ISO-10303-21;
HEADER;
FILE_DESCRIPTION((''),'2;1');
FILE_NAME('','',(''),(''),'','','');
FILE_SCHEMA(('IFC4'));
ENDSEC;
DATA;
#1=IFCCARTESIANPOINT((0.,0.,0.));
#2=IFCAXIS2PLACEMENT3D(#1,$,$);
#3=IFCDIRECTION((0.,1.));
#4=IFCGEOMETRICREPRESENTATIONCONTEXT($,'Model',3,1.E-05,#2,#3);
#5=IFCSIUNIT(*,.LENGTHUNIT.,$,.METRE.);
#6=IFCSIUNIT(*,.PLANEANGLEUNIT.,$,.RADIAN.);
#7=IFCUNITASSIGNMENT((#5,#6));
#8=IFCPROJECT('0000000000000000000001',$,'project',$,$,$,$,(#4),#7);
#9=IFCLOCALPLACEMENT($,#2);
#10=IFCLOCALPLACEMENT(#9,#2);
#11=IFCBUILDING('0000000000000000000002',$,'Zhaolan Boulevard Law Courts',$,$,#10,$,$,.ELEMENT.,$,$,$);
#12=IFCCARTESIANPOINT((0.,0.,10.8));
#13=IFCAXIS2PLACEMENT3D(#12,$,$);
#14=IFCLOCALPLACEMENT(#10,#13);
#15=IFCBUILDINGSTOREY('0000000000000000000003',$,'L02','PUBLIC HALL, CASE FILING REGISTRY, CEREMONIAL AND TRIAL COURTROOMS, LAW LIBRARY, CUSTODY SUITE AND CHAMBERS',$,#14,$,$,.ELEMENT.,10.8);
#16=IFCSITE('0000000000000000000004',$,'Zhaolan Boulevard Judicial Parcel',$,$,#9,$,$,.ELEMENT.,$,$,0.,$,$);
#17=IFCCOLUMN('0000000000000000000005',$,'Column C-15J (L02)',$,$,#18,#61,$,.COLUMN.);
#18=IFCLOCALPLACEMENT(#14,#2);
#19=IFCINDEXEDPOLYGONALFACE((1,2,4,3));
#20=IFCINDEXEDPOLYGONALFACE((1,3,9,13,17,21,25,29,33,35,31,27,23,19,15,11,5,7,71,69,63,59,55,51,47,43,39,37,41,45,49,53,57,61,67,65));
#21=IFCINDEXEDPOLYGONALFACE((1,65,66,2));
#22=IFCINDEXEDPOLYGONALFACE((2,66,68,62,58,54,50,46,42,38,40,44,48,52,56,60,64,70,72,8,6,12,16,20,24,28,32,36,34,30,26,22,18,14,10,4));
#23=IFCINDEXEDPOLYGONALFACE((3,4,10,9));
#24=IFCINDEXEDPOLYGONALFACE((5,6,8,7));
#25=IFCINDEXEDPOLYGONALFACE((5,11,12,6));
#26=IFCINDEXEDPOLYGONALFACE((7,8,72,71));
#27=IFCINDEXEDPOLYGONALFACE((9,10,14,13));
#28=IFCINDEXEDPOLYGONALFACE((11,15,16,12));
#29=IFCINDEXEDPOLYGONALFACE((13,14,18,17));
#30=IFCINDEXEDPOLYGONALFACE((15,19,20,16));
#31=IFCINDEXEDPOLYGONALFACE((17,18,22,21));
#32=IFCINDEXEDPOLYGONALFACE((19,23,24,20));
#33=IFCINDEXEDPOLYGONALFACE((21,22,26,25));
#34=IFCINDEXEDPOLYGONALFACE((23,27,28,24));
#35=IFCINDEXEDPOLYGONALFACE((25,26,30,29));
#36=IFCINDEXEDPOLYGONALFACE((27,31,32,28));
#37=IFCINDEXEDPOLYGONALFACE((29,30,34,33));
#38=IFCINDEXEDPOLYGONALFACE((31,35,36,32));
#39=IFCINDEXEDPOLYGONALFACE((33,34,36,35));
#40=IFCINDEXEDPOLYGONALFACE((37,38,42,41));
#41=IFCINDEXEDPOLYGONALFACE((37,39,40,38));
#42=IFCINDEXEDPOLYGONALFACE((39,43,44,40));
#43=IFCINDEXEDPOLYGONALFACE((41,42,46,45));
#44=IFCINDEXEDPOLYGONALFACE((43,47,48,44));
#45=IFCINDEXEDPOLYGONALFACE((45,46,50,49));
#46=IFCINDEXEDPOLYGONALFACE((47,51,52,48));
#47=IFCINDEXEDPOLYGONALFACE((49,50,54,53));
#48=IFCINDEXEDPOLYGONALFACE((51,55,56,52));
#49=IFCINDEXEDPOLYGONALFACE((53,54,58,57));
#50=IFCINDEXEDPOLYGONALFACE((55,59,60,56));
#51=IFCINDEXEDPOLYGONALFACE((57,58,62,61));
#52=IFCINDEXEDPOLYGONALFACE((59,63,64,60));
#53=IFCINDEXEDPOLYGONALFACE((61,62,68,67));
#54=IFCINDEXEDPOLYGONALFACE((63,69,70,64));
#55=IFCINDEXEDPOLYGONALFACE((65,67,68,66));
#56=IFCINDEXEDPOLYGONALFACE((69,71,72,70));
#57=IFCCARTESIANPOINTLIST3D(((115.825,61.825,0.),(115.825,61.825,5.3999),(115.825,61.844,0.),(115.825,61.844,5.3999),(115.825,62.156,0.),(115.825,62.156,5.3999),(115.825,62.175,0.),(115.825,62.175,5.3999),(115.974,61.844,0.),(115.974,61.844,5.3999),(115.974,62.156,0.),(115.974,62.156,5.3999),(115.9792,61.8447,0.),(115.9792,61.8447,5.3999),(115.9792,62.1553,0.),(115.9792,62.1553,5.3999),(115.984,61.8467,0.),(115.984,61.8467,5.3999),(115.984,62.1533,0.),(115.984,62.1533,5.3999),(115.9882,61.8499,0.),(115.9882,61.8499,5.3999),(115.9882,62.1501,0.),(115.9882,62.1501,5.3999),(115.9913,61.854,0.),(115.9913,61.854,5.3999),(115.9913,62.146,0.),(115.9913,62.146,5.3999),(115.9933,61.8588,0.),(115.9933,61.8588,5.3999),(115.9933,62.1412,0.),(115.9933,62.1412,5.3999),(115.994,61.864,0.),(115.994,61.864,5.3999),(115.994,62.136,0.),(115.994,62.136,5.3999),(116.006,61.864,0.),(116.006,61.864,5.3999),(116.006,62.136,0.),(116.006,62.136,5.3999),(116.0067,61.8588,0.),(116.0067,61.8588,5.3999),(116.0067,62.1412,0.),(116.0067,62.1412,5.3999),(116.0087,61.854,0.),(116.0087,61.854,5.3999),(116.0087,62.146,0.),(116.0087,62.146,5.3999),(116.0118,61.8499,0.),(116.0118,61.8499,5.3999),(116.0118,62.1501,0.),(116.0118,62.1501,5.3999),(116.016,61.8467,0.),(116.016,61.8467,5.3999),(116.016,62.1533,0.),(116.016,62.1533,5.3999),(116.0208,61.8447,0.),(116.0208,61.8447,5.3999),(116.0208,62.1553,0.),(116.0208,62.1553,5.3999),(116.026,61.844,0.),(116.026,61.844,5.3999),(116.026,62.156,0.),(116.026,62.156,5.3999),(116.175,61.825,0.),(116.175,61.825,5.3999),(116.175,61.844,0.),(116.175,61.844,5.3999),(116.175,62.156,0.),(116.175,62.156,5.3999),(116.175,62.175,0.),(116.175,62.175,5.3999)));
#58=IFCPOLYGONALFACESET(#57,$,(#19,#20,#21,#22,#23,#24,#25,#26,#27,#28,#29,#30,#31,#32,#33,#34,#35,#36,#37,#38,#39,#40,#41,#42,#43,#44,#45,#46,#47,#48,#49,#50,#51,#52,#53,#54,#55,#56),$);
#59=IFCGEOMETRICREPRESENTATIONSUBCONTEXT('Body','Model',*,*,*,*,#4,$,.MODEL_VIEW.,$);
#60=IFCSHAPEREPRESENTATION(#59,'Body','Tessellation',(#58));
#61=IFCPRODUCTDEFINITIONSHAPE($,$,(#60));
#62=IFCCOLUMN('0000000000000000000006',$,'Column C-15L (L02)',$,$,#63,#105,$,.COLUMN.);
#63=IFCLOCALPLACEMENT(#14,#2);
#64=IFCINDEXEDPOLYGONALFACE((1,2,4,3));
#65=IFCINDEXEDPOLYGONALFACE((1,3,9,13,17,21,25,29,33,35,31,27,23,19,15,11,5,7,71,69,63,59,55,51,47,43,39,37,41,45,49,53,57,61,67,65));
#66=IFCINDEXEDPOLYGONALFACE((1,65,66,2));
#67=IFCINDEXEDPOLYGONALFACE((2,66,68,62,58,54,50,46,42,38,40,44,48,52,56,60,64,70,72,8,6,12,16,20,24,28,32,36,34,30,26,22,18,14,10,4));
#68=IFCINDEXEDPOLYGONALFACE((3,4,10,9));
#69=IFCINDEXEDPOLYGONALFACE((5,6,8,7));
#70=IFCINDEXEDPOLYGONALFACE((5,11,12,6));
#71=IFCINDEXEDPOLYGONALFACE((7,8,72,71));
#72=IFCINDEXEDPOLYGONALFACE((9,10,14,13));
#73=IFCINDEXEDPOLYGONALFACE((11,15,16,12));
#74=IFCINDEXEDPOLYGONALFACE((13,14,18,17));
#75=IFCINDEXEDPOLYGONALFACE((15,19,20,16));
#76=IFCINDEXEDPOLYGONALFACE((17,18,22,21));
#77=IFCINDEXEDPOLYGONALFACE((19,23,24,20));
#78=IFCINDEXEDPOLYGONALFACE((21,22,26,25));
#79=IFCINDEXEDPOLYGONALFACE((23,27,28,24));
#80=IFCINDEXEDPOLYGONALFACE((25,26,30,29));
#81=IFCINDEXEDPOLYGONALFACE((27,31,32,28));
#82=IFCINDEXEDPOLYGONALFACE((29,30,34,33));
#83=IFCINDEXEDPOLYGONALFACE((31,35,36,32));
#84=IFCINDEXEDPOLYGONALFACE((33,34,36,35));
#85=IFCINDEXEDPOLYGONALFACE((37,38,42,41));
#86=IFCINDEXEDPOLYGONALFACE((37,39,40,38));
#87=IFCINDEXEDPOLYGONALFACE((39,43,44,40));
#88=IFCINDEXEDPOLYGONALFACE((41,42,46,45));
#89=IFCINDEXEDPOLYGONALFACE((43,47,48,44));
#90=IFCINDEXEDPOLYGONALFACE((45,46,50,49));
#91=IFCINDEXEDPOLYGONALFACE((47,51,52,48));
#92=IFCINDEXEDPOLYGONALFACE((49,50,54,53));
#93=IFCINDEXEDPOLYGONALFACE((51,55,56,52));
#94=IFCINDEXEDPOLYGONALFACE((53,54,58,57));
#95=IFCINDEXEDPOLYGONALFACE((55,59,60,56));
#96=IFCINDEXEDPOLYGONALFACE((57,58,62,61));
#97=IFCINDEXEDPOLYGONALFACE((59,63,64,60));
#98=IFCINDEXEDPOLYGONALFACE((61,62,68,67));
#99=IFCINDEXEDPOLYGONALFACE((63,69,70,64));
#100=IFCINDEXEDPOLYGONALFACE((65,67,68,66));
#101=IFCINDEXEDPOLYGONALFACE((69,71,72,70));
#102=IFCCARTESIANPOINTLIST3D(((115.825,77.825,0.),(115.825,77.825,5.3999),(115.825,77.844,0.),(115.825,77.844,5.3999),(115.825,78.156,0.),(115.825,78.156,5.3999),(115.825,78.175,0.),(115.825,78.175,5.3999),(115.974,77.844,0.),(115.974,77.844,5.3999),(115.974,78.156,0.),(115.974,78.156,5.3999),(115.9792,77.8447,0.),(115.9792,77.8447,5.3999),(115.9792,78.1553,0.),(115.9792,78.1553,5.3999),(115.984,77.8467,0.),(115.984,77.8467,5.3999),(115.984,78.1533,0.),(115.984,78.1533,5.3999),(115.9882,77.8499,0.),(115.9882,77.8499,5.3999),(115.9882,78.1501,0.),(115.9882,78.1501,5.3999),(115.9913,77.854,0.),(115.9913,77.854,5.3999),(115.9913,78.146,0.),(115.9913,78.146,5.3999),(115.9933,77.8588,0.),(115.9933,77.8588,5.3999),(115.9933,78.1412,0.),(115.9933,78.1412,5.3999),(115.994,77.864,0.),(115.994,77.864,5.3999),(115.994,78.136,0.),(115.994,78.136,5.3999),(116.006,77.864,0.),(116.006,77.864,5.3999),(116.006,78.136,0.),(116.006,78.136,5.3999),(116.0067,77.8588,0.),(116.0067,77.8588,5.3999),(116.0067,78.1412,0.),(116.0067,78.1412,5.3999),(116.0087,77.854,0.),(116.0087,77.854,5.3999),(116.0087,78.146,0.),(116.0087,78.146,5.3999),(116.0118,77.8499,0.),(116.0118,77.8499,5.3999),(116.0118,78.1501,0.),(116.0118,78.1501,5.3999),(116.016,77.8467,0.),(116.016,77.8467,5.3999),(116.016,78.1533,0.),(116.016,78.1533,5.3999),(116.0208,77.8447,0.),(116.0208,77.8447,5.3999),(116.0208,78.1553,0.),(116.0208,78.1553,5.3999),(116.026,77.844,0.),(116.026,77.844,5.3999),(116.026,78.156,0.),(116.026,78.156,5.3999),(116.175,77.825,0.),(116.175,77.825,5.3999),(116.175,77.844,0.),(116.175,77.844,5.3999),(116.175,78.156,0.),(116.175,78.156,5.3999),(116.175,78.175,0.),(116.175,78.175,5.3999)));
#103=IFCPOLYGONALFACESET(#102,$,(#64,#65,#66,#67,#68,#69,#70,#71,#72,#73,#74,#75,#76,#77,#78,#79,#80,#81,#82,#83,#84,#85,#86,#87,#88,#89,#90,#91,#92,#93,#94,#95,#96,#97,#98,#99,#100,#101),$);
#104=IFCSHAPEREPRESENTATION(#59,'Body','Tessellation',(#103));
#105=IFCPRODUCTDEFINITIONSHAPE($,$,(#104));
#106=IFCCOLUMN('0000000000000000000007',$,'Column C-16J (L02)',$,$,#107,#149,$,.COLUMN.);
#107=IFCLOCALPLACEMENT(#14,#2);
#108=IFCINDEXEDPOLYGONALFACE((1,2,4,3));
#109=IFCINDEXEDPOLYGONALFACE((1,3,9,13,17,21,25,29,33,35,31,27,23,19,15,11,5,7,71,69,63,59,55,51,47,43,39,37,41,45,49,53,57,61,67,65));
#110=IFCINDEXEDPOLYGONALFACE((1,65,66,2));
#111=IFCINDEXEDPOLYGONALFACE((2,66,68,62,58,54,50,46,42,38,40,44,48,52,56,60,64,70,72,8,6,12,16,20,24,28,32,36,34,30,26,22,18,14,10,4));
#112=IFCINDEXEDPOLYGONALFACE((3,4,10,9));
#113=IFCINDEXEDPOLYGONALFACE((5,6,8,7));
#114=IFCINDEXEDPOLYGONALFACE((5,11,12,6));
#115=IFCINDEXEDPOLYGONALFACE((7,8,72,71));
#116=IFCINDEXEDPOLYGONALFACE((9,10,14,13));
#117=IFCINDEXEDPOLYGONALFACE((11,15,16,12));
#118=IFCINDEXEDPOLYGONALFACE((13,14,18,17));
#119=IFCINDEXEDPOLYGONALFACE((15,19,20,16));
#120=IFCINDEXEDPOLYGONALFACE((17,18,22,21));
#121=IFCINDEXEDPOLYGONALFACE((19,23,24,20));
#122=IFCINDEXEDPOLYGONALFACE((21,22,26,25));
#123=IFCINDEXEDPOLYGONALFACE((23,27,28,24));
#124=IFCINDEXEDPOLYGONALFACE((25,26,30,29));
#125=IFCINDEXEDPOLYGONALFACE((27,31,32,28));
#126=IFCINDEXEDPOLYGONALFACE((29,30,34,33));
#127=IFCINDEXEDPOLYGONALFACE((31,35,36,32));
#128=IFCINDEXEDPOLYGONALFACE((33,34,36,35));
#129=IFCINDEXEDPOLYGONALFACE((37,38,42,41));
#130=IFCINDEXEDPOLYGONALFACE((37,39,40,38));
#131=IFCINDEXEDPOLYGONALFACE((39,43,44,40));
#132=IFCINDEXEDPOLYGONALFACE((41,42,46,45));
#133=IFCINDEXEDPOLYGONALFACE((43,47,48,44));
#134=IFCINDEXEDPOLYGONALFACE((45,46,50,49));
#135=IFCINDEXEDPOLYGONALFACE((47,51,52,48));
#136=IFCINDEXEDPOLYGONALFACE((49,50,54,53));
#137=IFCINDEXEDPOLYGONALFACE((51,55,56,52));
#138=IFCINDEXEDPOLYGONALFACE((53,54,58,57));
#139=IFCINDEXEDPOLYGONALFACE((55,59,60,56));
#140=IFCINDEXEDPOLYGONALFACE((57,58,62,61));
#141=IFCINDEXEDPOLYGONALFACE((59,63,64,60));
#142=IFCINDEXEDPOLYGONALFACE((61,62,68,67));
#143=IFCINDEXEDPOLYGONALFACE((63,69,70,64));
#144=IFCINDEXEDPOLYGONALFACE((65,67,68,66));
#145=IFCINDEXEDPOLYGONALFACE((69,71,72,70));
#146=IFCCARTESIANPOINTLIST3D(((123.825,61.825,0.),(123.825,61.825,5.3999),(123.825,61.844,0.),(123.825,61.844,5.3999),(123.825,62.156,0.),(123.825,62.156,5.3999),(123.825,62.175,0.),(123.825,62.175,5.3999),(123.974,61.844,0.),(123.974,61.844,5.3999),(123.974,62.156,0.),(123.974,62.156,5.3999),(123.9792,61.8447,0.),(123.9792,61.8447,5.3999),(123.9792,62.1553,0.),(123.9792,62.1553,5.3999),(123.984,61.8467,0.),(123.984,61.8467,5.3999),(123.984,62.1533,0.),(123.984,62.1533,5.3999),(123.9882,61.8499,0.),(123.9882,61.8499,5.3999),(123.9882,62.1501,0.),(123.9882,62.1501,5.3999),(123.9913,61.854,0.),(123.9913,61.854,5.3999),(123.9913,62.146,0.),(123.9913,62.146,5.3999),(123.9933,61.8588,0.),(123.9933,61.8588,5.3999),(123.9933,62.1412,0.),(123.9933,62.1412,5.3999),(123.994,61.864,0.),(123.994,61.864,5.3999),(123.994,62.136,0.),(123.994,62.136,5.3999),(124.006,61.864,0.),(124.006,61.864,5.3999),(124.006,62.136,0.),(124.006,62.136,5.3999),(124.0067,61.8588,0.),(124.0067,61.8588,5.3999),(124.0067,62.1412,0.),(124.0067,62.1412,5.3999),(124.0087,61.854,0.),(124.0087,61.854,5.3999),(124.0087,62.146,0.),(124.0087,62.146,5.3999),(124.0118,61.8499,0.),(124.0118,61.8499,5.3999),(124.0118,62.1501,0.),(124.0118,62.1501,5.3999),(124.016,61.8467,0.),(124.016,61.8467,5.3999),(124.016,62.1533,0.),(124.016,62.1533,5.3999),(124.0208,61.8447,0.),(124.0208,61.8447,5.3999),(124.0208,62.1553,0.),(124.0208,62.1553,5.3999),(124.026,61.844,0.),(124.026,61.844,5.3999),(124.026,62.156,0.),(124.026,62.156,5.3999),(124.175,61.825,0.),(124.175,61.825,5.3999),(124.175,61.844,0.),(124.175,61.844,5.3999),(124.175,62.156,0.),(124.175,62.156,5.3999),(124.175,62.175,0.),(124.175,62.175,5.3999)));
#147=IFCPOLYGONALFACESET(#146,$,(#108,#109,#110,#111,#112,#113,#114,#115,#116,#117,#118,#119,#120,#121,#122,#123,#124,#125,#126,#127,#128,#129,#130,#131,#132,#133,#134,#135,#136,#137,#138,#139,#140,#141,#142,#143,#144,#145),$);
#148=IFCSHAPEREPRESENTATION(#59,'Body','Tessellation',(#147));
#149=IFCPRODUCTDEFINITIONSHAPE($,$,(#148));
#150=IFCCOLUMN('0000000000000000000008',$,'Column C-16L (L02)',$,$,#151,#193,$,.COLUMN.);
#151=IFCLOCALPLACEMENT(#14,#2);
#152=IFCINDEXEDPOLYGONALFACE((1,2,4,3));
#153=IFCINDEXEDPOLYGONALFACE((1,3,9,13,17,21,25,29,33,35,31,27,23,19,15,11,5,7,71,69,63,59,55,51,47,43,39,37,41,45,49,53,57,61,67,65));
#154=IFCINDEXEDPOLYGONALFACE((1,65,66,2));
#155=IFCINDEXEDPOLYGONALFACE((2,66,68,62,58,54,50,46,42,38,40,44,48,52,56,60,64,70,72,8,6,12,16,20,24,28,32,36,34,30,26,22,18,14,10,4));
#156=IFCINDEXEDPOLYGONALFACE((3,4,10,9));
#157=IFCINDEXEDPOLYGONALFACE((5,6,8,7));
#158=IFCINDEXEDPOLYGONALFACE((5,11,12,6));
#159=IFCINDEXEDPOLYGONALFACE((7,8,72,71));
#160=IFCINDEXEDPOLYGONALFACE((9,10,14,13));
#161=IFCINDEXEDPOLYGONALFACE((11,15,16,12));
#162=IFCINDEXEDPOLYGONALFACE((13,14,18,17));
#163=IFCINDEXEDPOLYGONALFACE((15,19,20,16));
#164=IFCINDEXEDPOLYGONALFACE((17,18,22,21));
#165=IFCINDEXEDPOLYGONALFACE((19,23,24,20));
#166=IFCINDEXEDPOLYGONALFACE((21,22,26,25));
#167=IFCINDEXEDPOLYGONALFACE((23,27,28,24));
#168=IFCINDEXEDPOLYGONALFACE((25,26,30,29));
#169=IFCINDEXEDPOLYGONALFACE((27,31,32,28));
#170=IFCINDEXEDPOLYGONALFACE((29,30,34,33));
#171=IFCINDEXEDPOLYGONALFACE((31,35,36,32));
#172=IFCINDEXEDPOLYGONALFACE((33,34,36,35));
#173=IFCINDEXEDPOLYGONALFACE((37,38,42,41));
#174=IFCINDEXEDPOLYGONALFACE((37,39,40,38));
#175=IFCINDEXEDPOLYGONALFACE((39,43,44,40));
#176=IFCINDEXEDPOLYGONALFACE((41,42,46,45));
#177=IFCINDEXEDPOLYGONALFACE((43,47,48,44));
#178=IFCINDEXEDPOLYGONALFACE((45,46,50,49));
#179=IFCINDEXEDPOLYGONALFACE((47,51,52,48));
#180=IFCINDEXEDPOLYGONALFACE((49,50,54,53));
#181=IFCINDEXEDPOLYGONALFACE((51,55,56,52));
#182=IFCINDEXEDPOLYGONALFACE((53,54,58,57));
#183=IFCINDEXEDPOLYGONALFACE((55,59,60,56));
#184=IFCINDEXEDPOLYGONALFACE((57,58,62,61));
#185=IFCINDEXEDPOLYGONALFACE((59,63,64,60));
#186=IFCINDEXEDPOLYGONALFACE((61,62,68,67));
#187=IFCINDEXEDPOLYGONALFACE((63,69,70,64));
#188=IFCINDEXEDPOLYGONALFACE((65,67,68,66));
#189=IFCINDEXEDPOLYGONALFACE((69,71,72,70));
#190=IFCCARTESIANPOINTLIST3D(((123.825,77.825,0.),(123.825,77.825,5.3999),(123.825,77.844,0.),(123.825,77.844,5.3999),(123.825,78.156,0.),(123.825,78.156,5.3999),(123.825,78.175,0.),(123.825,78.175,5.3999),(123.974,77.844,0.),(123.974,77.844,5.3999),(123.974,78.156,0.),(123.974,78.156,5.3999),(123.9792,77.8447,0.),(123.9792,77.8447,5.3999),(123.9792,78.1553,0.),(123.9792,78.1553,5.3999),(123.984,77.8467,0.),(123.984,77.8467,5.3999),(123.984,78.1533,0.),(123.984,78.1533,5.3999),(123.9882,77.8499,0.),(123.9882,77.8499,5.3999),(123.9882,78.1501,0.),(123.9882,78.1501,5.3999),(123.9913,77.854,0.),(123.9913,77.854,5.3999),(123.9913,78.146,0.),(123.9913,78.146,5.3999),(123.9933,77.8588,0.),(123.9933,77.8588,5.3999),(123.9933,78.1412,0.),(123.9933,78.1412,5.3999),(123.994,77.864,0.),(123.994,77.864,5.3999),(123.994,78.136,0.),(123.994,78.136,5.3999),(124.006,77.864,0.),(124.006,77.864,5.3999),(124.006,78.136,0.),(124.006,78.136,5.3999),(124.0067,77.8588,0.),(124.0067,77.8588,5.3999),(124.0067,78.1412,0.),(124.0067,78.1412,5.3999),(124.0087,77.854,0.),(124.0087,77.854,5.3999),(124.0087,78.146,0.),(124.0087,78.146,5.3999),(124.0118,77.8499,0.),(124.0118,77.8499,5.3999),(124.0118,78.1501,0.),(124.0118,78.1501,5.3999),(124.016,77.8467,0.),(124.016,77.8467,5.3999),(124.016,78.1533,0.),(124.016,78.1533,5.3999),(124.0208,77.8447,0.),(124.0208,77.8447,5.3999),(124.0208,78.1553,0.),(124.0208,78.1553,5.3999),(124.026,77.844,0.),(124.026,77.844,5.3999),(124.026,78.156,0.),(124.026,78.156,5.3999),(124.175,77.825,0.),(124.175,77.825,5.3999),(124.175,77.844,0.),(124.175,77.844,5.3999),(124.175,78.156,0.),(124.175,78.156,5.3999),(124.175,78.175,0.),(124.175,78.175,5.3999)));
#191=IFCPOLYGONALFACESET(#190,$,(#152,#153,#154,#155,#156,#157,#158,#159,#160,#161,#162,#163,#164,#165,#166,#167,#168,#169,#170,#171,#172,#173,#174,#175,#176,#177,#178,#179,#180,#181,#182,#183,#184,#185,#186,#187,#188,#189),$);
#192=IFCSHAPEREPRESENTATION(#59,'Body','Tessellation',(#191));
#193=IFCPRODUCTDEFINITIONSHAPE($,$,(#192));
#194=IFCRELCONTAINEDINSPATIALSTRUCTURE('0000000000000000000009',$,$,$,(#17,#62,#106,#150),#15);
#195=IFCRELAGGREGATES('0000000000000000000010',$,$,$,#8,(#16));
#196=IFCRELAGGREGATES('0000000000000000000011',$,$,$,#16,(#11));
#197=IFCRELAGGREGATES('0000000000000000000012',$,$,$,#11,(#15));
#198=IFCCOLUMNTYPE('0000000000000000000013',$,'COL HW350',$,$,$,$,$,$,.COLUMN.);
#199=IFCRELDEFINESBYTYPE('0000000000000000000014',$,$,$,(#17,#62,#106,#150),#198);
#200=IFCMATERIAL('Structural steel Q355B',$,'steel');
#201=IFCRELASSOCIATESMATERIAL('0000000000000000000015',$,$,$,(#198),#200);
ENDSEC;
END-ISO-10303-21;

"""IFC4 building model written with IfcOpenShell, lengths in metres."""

from ifc_helpers import new_model, si_unit, direction, frame, origin, origin_2d, place, context, subcontext, project, spatial, i_section, extrude, material, material_profile, profile_set, type_object, element, save


model = new_model("IFC4")

# Units and contexts
model_context = context("Model", 3, precision=1e-05, world=origin(), true_north=direction((0.0, 1.0)))
body_context = subcontext(model_context, "Body", "Model", "MODEL_VIEW")
ifc_project = project(units=[si_unit("LENGTHUNIT", "METRE"), si_unit("PLANEANGLEUNIT", "RADIAN")], contexts=[model_context])

# Site, building, storey
site_placement = place(None, origin())
site = spatial("IfcSite", under=ifc_project, at=site_placement, Name="Zhaolan Boulevard Judicial Parcel", CompositionType="ELEMENT", RefElevation=0.0)
building_placement = place(site_placement, origin())
building = spatial("IfcBuilding", under=site, at=building_placement, Name="Zhaolan Boulevard Law Courts", CompositionType="ELEMENT")
storey_placement = place(building_placement, frame((0.0, 0.0, 10.8)))
storey = spatial("IfcBuildingStorey", under=building, at=storey_placement, Name="L02", Description="PUBLIC HALL, CASE FILING REGISTRY, CEREMONIAL AND TRIAL COURTROOMS, LAW LIBRARY, CUSTODY SUITE AND CHAMBERS", CompositionType="ELEMENT", Elevation=10.8)

# Columns
ifc_material_1 = material(Name="Structural steel Q355B", Category="steel")
ifc_material_profile_1 = material_profile(ifc_material_1, i_section(OverallWidth=0.3501, OverallDepth=0.3501, WebThickness=0.012, FlangeThickness=0.019, FilletRadius=0.02, at=origin_2d()), Name="HW350x350")
ifc_profile_set_1 = profile_set([ifc_material_profile_1], Name="Structural steel Q355B")
column_type = type_object("IfcColumnType", Name="COL HW350", PredefinedType="COLUMN", material=ifc_profile_set_1)
for number, where, z_axis, x_axis, name in (
    (1, (116.0, 62.0, 0.0), (0.0, 0.0, 1.0), (1.0, 0.0, 0.0), "Column C-15J (L02)"),
    (2, (116.0, 78.0, 0.0), (0.0, 0.0, 1.0), (1.0, 0.0, 0.0), "Column C-15L (L02)"),
    (3, (124.0, 62.0, 0.0), (0.0, 0.0, 1.0), (1.0, 0.0, 0.0), "Column C-16J (L02)"),
    (4, (124.0, 78.0, 0.0), (0.0, 0.0, 1.0), (1.0, 0.0, 0.0), "Column C-16L (L02)"),
):
    element("IfcColumn", number, at=place(storey_placement, frame(where, z_axis=z_axis, x_axis=x_axis)), inside=storey, type_object=column_type, Name=name, PredefinedType="COLUMN", context=body_context, shape_type="SweptSolid", body=[
        extrude(i_section(OverallWidth=0.3501, OverallDepth=0.3501, WebThickness=0.012, FlangeThickness=0.019, FilletRadius=0.02, at=origin_2d()), origin(), (0.0, 0.0, 1.0), 5.3999),
    ])

save(model, "model.ifc")
